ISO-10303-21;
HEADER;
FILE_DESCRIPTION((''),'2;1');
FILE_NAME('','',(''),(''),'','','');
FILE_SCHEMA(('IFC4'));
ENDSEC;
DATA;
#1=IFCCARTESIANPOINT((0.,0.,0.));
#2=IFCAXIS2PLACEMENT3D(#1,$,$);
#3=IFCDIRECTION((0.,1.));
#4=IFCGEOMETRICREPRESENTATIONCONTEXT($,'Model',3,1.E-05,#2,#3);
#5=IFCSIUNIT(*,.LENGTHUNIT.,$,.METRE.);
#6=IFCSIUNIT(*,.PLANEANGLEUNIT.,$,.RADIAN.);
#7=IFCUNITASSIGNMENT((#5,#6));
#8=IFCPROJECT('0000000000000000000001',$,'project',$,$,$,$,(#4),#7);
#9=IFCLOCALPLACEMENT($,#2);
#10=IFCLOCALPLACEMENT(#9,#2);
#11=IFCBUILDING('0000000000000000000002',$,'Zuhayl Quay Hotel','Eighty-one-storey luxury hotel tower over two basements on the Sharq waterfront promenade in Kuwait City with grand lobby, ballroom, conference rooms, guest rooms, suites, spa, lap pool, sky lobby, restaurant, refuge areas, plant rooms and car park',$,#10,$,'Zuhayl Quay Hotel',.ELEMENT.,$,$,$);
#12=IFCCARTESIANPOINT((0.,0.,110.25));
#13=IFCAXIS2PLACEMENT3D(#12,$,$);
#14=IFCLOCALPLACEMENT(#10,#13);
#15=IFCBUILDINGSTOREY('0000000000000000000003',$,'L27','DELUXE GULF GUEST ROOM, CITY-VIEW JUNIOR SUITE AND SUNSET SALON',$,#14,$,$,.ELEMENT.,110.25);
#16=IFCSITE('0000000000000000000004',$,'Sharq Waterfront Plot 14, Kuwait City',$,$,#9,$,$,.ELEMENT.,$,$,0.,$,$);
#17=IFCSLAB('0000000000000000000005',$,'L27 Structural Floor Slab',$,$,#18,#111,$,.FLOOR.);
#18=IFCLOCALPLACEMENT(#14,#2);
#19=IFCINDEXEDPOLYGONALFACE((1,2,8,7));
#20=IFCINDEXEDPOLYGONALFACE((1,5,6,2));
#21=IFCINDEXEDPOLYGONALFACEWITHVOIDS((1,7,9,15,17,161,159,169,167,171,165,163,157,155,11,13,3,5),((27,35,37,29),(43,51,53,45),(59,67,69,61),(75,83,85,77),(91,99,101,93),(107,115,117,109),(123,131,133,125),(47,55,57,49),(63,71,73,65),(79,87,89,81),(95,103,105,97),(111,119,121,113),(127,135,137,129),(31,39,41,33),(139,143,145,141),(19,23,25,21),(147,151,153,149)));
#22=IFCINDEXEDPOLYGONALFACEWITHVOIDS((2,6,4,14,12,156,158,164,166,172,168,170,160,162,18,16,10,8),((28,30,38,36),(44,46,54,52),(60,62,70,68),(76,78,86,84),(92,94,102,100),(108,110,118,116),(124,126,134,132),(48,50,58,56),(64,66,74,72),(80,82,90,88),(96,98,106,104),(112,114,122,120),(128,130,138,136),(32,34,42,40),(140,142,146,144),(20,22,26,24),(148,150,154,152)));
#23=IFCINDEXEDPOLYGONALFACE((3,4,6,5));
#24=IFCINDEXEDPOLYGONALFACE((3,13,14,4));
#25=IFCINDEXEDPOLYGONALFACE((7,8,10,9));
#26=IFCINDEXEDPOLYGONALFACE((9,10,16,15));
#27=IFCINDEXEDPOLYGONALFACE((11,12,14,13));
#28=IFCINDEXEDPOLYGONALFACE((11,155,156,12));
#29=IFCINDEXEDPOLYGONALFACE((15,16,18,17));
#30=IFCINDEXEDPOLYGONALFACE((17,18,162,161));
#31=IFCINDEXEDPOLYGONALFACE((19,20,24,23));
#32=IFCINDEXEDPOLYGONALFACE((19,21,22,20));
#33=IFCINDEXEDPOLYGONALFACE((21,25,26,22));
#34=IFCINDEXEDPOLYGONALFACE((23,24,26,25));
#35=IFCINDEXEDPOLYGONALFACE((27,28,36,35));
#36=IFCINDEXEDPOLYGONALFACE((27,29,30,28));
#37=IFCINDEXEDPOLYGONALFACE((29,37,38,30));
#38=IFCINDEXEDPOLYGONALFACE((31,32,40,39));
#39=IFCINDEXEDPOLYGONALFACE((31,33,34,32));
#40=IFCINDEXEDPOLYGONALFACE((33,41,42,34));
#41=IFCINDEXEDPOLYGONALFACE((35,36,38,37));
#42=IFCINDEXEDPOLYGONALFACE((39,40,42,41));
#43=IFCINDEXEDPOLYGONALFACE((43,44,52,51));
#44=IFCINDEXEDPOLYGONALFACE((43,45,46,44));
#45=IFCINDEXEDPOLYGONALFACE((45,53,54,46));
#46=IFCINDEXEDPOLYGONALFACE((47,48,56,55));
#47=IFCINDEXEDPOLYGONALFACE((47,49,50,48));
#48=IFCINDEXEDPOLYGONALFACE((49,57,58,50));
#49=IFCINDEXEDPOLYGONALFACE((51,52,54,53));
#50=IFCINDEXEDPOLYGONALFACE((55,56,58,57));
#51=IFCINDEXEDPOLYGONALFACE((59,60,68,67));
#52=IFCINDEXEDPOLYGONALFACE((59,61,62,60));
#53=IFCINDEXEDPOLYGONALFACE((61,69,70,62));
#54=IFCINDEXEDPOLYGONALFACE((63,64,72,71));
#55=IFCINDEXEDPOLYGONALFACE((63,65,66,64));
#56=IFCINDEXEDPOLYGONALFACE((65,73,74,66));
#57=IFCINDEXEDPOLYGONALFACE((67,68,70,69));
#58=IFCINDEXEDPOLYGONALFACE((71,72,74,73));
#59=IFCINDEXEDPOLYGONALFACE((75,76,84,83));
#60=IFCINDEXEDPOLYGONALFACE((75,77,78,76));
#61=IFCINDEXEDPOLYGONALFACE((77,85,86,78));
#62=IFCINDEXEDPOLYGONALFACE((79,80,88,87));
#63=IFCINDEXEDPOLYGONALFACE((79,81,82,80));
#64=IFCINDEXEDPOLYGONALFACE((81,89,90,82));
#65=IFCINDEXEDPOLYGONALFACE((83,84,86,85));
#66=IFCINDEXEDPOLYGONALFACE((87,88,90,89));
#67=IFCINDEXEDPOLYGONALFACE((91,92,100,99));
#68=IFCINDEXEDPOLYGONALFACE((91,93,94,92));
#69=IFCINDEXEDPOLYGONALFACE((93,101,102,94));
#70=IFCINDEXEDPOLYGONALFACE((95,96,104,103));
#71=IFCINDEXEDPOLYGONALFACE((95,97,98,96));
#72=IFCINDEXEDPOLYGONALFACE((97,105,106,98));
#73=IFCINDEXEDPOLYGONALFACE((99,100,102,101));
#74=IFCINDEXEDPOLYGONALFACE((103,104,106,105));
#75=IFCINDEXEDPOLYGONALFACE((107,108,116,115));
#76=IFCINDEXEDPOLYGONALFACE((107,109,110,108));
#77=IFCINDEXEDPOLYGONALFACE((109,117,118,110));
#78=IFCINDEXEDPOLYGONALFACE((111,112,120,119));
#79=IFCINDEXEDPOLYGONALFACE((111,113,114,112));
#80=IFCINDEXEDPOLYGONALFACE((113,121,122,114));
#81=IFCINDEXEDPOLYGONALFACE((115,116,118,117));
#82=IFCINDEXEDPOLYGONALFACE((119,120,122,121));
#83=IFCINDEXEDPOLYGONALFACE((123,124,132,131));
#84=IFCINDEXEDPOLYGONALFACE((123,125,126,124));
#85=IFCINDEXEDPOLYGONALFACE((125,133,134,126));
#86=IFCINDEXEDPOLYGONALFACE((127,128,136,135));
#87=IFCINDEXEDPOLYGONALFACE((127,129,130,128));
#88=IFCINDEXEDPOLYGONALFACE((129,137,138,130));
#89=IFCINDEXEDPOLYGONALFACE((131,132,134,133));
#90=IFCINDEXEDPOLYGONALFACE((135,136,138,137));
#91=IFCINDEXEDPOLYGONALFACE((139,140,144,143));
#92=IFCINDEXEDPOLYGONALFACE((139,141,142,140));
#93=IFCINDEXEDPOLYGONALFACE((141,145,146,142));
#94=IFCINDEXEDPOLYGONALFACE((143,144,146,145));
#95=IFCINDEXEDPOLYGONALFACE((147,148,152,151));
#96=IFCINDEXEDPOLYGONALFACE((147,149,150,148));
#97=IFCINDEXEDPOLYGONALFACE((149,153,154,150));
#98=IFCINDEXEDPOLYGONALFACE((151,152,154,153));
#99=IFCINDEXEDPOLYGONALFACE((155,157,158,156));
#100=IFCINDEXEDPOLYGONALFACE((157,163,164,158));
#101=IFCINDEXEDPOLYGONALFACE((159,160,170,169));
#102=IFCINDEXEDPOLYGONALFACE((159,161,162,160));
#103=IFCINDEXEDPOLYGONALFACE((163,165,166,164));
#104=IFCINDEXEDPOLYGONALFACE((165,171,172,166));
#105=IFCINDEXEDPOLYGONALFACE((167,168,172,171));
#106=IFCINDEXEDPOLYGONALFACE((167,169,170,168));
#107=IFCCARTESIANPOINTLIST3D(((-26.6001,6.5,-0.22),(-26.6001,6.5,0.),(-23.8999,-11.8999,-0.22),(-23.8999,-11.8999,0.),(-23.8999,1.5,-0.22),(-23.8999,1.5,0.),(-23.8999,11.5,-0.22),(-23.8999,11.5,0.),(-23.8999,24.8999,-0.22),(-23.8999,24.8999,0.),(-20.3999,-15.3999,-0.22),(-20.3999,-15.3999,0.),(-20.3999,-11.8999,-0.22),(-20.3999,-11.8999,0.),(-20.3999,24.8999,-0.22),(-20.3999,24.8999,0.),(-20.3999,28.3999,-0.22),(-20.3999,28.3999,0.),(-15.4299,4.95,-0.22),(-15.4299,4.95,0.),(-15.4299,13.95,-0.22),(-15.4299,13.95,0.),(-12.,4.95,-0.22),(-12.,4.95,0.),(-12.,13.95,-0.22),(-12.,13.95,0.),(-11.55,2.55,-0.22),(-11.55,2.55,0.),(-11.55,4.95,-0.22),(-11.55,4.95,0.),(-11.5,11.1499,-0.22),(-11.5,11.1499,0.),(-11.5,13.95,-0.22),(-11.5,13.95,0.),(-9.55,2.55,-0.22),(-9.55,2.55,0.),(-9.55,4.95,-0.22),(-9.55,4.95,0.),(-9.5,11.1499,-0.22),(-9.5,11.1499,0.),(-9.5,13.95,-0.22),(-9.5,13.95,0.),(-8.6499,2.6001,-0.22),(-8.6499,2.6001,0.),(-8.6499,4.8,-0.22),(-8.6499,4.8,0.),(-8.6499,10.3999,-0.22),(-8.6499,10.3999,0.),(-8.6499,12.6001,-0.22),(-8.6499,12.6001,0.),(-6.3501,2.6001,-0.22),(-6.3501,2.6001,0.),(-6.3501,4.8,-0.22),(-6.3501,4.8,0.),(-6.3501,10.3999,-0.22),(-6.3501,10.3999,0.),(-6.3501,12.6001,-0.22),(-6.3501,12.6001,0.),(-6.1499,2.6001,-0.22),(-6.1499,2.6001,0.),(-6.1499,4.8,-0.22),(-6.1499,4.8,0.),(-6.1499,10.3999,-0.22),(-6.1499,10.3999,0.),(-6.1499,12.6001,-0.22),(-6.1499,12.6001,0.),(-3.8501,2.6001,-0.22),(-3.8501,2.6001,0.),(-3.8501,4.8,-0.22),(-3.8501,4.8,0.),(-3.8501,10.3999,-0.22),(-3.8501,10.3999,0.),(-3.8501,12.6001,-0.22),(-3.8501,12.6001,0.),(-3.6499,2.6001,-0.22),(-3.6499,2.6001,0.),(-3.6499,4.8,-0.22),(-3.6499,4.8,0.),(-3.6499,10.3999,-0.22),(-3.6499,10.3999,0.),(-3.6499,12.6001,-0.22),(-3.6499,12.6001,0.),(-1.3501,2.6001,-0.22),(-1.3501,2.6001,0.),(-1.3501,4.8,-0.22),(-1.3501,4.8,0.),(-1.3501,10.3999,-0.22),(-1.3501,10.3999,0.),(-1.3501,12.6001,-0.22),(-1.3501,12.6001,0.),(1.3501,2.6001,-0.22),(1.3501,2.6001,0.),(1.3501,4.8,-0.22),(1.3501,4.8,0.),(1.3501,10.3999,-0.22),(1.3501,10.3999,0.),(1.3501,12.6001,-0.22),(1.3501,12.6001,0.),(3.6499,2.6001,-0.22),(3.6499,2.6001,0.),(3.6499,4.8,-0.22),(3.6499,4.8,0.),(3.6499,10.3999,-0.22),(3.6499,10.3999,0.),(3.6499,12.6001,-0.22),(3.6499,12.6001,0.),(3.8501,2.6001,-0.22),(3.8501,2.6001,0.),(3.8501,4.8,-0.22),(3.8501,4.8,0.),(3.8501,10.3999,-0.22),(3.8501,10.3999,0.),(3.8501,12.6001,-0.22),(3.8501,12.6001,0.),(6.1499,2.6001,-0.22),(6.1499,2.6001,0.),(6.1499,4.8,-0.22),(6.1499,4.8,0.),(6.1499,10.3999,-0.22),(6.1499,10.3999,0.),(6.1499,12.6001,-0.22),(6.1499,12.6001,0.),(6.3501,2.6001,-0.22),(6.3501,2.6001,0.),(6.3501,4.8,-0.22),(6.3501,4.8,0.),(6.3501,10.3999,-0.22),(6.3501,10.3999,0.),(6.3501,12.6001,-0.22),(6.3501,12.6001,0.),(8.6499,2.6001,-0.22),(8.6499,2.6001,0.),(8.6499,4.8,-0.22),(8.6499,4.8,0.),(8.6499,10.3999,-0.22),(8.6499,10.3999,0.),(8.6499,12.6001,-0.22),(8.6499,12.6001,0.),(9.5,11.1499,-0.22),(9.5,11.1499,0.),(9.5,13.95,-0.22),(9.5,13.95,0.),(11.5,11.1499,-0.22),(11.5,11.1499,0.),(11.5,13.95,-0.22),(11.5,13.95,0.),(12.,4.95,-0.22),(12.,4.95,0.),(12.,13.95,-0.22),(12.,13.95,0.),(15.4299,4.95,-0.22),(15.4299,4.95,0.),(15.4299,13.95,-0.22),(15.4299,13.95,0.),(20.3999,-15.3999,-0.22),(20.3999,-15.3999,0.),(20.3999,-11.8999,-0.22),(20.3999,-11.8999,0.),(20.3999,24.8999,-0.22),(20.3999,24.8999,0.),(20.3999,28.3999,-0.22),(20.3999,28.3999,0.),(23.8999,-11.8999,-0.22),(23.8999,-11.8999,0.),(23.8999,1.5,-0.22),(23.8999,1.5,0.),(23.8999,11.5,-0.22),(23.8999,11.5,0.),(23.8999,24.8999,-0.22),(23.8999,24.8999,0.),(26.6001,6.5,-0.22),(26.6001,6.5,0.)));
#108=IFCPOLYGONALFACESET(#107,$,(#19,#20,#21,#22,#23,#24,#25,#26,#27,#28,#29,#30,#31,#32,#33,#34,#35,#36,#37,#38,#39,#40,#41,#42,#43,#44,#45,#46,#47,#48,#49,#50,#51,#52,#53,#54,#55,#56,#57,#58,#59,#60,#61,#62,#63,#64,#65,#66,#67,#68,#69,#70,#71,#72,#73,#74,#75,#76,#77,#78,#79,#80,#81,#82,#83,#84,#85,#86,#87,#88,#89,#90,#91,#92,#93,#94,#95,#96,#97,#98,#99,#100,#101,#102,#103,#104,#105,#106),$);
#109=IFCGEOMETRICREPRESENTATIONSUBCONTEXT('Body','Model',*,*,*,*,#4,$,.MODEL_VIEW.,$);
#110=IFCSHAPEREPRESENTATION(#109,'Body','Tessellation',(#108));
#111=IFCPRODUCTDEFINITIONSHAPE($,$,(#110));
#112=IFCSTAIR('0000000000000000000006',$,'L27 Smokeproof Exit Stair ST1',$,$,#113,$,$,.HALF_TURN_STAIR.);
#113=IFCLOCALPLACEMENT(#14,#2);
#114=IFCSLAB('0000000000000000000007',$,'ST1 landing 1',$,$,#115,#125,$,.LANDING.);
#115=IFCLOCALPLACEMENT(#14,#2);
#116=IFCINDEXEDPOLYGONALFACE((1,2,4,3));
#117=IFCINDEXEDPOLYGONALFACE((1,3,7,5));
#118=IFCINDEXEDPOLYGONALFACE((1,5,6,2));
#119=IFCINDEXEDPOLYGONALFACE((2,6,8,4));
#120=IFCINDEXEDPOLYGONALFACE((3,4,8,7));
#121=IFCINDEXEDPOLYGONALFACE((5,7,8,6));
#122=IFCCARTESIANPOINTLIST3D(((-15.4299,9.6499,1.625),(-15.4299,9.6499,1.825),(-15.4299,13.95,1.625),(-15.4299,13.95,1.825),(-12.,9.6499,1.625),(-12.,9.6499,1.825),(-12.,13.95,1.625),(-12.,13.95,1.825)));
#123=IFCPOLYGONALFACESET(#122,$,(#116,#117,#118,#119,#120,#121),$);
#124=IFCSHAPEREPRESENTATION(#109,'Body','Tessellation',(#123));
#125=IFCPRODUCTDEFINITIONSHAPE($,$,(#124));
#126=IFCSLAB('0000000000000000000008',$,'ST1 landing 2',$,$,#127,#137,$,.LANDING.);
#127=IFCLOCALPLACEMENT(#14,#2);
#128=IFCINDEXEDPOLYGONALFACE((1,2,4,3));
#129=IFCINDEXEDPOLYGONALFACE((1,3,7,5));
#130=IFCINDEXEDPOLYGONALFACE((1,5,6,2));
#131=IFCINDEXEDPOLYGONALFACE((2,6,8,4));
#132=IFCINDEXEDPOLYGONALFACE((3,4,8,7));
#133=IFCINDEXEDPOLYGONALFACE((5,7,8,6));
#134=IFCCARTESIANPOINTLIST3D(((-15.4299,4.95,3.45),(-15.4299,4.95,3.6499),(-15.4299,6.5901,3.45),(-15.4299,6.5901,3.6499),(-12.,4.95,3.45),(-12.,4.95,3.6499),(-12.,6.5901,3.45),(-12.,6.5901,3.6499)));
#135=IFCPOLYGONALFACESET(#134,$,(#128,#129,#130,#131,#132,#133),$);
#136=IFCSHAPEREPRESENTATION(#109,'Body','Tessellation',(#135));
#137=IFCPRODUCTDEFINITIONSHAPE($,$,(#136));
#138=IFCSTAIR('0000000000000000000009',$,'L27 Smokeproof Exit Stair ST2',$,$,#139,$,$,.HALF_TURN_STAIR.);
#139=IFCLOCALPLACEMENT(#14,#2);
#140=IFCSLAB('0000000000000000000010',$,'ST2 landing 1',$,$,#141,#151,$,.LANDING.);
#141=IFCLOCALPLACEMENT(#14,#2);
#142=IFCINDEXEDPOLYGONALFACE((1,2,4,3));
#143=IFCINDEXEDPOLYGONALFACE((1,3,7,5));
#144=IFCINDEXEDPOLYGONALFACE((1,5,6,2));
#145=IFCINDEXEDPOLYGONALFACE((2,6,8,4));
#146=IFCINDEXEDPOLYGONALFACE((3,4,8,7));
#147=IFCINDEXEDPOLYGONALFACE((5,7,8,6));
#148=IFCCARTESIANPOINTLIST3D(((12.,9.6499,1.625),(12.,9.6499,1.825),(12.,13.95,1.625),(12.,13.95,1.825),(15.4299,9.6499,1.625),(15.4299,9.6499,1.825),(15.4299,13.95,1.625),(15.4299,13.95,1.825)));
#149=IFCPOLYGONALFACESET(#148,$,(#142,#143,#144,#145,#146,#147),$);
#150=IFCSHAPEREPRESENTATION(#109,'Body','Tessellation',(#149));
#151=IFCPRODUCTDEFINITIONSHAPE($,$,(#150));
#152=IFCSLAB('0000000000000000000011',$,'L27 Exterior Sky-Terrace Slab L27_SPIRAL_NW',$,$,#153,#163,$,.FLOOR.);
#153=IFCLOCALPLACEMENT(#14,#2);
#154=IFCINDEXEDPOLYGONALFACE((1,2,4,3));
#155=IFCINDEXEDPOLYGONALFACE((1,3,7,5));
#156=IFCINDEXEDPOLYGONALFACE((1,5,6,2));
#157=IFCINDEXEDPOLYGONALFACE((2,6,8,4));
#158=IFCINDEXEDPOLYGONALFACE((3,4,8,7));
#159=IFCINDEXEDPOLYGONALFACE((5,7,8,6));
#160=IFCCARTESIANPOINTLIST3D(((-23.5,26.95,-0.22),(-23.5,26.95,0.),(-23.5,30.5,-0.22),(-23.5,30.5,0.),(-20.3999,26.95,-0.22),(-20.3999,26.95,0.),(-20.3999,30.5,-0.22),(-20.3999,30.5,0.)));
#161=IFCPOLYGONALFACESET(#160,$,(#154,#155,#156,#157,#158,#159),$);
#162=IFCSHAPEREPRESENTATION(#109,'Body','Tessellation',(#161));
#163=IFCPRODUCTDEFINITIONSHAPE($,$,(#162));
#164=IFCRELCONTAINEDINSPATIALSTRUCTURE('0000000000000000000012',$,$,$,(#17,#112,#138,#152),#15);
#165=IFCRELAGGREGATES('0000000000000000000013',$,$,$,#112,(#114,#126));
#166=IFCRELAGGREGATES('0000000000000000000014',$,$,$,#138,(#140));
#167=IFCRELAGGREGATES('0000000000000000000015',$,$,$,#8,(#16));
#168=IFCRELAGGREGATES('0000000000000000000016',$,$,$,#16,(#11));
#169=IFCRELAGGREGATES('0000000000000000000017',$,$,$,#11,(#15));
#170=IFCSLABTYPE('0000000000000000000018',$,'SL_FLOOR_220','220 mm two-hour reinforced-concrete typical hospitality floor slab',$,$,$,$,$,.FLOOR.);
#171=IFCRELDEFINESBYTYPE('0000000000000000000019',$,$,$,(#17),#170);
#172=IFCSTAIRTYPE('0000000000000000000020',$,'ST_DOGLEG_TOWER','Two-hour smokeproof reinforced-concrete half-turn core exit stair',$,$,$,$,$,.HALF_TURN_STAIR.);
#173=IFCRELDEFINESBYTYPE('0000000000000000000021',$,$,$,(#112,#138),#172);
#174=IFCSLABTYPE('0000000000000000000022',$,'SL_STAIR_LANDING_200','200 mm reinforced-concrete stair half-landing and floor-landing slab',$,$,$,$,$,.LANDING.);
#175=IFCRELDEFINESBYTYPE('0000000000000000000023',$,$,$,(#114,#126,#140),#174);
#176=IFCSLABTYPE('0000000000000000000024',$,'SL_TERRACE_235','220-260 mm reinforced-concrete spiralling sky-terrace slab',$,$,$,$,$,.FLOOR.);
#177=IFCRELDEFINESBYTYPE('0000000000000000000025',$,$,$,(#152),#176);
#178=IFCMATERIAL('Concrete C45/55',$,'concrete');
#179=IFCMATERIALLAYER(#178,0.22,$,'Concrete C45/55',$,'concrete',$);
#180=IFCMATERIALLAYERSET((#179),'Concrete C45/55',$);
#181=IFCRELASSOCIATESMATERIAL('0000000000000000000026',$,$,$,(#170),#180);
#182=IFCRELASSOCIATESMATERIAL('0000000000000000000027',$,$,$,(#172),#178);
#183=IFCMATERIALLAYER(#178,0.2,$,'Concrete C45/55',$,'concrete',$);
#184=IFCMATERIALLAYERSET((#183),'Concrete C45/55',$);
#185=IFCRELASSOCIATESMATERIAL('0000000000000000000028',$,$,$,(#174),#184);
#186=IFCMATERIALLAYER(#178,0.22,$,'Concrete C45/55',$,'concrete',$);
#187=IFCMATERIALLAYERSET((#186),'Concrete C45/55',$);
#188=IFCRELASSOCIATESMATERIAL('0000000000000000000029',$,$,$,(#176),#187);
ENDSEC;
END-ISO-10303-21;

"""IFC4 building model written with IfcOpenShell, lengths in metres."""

from ifc_helpers import new_model, si_unit, direction, frame, origin, place, context, subcontext, project, spatial, polyline, outline, extrude, material, layer, layer_set, type_object, element, aggregate, save


model = new_model("IFC4")

# Units and contexts
model_context = context("Model", 3, precision=1e-05, world=origin(), true_north=direction((0.0, 1.0)))
body_context = subcontext(model_context, "Body", "Model", "MODEL_VIEW")
ifc_project = project(units=[si_unit("LENGTHUNIT", "METRE"), si_unit("PLANEANGLEUNIT", "RADIAN")], contexts=[model_context])

# Site, building, storey
site_placement = place(None, origin())
site = spatial("IfcSite", under=ifc_project, at=site_placement, Name="Sharq Waterfront Plot 14, Kuwait City", CompositionType="ELEMENT", RefElevation=0.0)
building_placement = place(site_placement, origin())
building = spatial("IfcBuilding", under=site, at=building_placement, Name="Zuhayl Quay Hotel", Description="Eighty-one-storey luxury hotel tower over two basements on the Sharq waterfront promenade in Kuwait City with grand lobby, ballroom, conference rooms, guest rooms, suites, spa, lap pool, sky lobby, restaurant, refuge areas, plant rooms and car park", LongName="Zuhayl Quay Hotel", CompositionType="ELEMENT")
storey_placement = place(building_placement, frame((0.0, 0.0, 110.25)))
storey = spatial("IfcBuildingStorey", under=building, at=storey_placement, Name="L27", Description="DELUXE GULF GUEST ROOM, CITY-VIEW JUNIOR SUITE AND SUNSET SALON", CompositionType="ELEMENT", Elevation=110.25)

# Slab
ifc_material_1 = material(Name="Concrete C45/55", Category="concrete")
ifc_layer_1 = layer(ifc_material_1, 0.22, Name="Concrete C45/55", Category="concrete")
ifc_layer_set_1 = layer_set([ifc_layer_1], Name="Concrete C45/55")
slab_type_1 = type_object("IfcSlabType", Name="SL_FLOOR_220", Description="220 mm two-hour reinforced-concrete typical hospitality floor slab", PredefinedType="FLOOR", material=ifc_layer_set_1)
slab_1_placement = place(storey_placement, frame((0.0, 0.0, -0.22)))
element("IfcSlab", 1, at=slab_1_placement, inside=storey, type_object=slab_type_1, Name="L27 Structural Floor Slab", PredefinedType="FLOOR", context=body_context, shape_type="SweptSolid", body=[
    extrude(outline(polyline([(-20.3999, -15.3999), (20.3999, -15.3999), (20.3999, -11.8999), (23.8999, -11.8999), (23.8999, 1.5), (26.6001, 6.5), (23.8999, 11.5), (23.8999, 24.8999), (20.3999, 24.8999), (20.3999, 28.3999), (-20.3999, 28.3999), (-20.3999, 24.8999), (-23.8999, 24.8999), (-23.8999, 11.5), (-26.6001, 6.5), (-23.8999, 1.5), (-23.8999, -11.8999), (-20.3999, -11.8999), (-20.3999, -15.3999)]), holes=[polyline([(-12.0, 4.95), (-12.0, 13.95), (-15.4299, 13.95), (-15.4299, 4.95), (-12.0, 4.95)]), polyline([(15.4299, 4.95), (15.4299, 13.95), (12.0, 13.95), (12.0, 4.95), (15.4299, 4.95)]), polyline([(-11.5, 11.1499), (-9.5, 11.1499), (-9.5, 13.95), (-11.5, 13.95), (-11.5, 11.1499)]), polyline([(9.5, 11.1499), (11.5, 11.1499), (11.5, 13.95), (9.5, 13.95), (9.5, 11.1499)]), polyline([(-8.6499, 2.6001), (-6.3501, 2.6001), (-6.3501, 4.8), (-8.6499, 4.8), (-8.6499, 2.6001)]), polyline([(-6.1499, 2.6001), (-3.8501, 2.6001), (-3.8501, 4.8), (-6.1499, 4.8), (-6.1499, 2.6001)]), polyline([(-8.6499, 10.3999), (-6.3501, 10.3999), (-6.3501, 12.6001), (-8.6499, 12.6001), (-8.6499, 10.3999)]), polyline([(-6.1499, 10.3999), (-3.8501, 10.3999), (-3.8501, 12.6001), (-6.1499, 12.6001), (-6.1499, 10.3999)]), polyline([(-3.6499, 2.6001), (-1.3501, 2.6001), (-1.3501, 4.8), (-3.6499, 4.8), (-3.6499, 2.6001)]), polyline([(1.3501, 2.6001), (3.6499, 2.6001), (3.6499, 4.8), (1.3501, 4.8), (1.3501, 2.6001)]), polyline([(-3.6499, 10.3999), (-1.3501, 10.3999), (-1.3501, 12.6001), (-3.6499, 12.6001), (-3.6499, 10.3999)]), polyline([(1.3501, 10.3999), (3.6499, 10.3999), (3.6499, 12.6001), (1.3501, 12.6001), (1.3501, 10.3999)]), polyline([(3.8501, 2.6001), (6.1499, 2.6001), (6.1499, 4.8), (3.8501, 4.8), (3.8501, 2.6001)]), polyline([(6.3501, 2.6001), (8.6499, 2.6001), (8.6499, 4.8), (6.3501, 4.8), (6.3501, 2.6001)]), polyline([(3.8501, 10.3999), (6.1499, 10.3999), (6.1499, 12.6001), (3.8501, 12.6001), (3.8501, 10.3999)]), polyline([(6.3501, 10.3999), (8.6499, 10.3999), (8.6499, 12.6001), (6.3501, 12.6001), (6.3501, 10.3999)]), polyline([(-11.55, 2.55), (-9.55, 2.55), (-9.55, 4.95), (-11.55, 4.95), (-11.55, 2.55)])]), origin(), (0.0, 0.0, 1.0), 0.22),
])

# Stair, slabs
stair_type = type_object("IfcStairType", Name="ST_DOGLEG_TOWER", Description="Two-hour smokeproof reinforced-concrete half-turn core exit stair", PredefinedType="HALF_TURN_STAIR", material=ifc_material_1)
stair_1_placement = place(storey_placement, origin())
stair_1 = element("IfcStair", 2, at=stair_1_placement, inside=storey, type_object=stair_type, Name="L27 Smokeproof Exit Stair ST1", PredefinedType="HALF_TURN_STAIR")
ifc_layer_2 = layer(ifc_material_1, 0.2, Name="Concrete C45/55", Category="concrete")
ifc_layer_set_2 = layer_set([ifc_layer_2], Name="Concrete C45/55")
slab_type_2 = type_object("IfcSlabType", Name="SL_STAIR_LANDING_200", Description="200 mm reinforced-concrete stair half-landing and floor-landing slab", PredefinedType="LANDING", material=ifc_layer_set_2)
slab_2_placement = place(storey_placement, frame((0.0, 0.0, 1.625)))
slab_2 = element("IfcSlab", 3, at=slab_2_placement, type_object=slab_type_2, Name="ST1 landing 1", PredefinedType="LANDING", context=body_context, shape_type="SweptSolid", body=[
    extrude(outline(polyline([(-12.0, 9.6499), (-12.0, 13.95), (-15.4299, 13.95), (-15.4299, 9.6499), (-12.0, 9.6499)])), origin(), (0.0, 0.0, 1.0), 0.2),
])
slab_3_placement = place(storey_placement, frame((0.0, 0.0, 3.45)))
slab_3 = element("IfcSlab", 4, at=slab_3_placement, type_object=slab_type_2, Name="ST1 landing 2", PredefinedType="LANDING", context=body_context, shape_type="SweptSolid", body=[
    extrude(outline(polyline([(-12.0, 4.95), (-12.0, 6.5901), (-15.4299, 6.5901), (-15.4299, 4.95), (-12.0, 4.95)])), origin(), (0.0, 0.0, 1.0), 0.2),
])
aggregate(stair_1, [slab_2, slab_3])

# Stair, slab
stair_2_placement = place(storey_placement, origin())
stair_2 = element("IfcStair", 5, at=stair_2_placement, inside=storey, type_object=stair_type, Name="L27 Smokeproof Exit Stair ST2", PredefinedType="HALF_TURN_STAIR")
slab_4_placement = place(storey_placement, frame((0.0, 0.0, 1.625)))
slab_4 = element("IfcSlab", 6, at=slab_4_placement, type_object=slab_type_2, Name="ST2 landing 1", PredefinedType="LANDING", context=body_context, shape_type="SweptSolid", body=[
    extrude(outline(polyline([(15.4299, 9.6499), (15.4299, 13.95), (12.0, 13.95), (12.0, 9.6499), (15.4299, 9.6499)])), origin(), (0.0, 0.0, 1.0), 0.2),
])
aggregate(stair_2, [slab_4])

# Slab
ifc_layer_3 = layer(ifc_material_1, 0.22, Name="Concrete C45/55", Category="concrete")
ifc_layer_set_3 = layer_set([ifc_layer_3], Name="Concrete C45/55")
slab_type_3 = type_object("IfcSlabType", Name="SL_TERRACE_235", Description="220-260 mm reinforced-concrete spiralling sky-terrace slab", PredefinedType="FLOOR", material=ifc_layer_set_3)
slab_5_placement = place(storey_placement, frame((0.0, 0.0, -0.22)))
element("IfcSlab", 7, at=slab_5_placement, inside=storey, type_object=slab_type_3, Name="L27 Exterior Sky-Terrace Slab L27_SPIRAL_NW", PredefinedType="FLOOR", context=body_context, shape_type="SweptSolid", body=[
    extrude(outline(polyline([(-23.5, 26.95), (-20.3999, 26.95), (-20.3999, 30.5), (-23.5, 30.5), (-23.5, 26.95)])), origin(), (0.0, 0.0, 1.0), 0.22),
])

save(model, "model.ifc")
